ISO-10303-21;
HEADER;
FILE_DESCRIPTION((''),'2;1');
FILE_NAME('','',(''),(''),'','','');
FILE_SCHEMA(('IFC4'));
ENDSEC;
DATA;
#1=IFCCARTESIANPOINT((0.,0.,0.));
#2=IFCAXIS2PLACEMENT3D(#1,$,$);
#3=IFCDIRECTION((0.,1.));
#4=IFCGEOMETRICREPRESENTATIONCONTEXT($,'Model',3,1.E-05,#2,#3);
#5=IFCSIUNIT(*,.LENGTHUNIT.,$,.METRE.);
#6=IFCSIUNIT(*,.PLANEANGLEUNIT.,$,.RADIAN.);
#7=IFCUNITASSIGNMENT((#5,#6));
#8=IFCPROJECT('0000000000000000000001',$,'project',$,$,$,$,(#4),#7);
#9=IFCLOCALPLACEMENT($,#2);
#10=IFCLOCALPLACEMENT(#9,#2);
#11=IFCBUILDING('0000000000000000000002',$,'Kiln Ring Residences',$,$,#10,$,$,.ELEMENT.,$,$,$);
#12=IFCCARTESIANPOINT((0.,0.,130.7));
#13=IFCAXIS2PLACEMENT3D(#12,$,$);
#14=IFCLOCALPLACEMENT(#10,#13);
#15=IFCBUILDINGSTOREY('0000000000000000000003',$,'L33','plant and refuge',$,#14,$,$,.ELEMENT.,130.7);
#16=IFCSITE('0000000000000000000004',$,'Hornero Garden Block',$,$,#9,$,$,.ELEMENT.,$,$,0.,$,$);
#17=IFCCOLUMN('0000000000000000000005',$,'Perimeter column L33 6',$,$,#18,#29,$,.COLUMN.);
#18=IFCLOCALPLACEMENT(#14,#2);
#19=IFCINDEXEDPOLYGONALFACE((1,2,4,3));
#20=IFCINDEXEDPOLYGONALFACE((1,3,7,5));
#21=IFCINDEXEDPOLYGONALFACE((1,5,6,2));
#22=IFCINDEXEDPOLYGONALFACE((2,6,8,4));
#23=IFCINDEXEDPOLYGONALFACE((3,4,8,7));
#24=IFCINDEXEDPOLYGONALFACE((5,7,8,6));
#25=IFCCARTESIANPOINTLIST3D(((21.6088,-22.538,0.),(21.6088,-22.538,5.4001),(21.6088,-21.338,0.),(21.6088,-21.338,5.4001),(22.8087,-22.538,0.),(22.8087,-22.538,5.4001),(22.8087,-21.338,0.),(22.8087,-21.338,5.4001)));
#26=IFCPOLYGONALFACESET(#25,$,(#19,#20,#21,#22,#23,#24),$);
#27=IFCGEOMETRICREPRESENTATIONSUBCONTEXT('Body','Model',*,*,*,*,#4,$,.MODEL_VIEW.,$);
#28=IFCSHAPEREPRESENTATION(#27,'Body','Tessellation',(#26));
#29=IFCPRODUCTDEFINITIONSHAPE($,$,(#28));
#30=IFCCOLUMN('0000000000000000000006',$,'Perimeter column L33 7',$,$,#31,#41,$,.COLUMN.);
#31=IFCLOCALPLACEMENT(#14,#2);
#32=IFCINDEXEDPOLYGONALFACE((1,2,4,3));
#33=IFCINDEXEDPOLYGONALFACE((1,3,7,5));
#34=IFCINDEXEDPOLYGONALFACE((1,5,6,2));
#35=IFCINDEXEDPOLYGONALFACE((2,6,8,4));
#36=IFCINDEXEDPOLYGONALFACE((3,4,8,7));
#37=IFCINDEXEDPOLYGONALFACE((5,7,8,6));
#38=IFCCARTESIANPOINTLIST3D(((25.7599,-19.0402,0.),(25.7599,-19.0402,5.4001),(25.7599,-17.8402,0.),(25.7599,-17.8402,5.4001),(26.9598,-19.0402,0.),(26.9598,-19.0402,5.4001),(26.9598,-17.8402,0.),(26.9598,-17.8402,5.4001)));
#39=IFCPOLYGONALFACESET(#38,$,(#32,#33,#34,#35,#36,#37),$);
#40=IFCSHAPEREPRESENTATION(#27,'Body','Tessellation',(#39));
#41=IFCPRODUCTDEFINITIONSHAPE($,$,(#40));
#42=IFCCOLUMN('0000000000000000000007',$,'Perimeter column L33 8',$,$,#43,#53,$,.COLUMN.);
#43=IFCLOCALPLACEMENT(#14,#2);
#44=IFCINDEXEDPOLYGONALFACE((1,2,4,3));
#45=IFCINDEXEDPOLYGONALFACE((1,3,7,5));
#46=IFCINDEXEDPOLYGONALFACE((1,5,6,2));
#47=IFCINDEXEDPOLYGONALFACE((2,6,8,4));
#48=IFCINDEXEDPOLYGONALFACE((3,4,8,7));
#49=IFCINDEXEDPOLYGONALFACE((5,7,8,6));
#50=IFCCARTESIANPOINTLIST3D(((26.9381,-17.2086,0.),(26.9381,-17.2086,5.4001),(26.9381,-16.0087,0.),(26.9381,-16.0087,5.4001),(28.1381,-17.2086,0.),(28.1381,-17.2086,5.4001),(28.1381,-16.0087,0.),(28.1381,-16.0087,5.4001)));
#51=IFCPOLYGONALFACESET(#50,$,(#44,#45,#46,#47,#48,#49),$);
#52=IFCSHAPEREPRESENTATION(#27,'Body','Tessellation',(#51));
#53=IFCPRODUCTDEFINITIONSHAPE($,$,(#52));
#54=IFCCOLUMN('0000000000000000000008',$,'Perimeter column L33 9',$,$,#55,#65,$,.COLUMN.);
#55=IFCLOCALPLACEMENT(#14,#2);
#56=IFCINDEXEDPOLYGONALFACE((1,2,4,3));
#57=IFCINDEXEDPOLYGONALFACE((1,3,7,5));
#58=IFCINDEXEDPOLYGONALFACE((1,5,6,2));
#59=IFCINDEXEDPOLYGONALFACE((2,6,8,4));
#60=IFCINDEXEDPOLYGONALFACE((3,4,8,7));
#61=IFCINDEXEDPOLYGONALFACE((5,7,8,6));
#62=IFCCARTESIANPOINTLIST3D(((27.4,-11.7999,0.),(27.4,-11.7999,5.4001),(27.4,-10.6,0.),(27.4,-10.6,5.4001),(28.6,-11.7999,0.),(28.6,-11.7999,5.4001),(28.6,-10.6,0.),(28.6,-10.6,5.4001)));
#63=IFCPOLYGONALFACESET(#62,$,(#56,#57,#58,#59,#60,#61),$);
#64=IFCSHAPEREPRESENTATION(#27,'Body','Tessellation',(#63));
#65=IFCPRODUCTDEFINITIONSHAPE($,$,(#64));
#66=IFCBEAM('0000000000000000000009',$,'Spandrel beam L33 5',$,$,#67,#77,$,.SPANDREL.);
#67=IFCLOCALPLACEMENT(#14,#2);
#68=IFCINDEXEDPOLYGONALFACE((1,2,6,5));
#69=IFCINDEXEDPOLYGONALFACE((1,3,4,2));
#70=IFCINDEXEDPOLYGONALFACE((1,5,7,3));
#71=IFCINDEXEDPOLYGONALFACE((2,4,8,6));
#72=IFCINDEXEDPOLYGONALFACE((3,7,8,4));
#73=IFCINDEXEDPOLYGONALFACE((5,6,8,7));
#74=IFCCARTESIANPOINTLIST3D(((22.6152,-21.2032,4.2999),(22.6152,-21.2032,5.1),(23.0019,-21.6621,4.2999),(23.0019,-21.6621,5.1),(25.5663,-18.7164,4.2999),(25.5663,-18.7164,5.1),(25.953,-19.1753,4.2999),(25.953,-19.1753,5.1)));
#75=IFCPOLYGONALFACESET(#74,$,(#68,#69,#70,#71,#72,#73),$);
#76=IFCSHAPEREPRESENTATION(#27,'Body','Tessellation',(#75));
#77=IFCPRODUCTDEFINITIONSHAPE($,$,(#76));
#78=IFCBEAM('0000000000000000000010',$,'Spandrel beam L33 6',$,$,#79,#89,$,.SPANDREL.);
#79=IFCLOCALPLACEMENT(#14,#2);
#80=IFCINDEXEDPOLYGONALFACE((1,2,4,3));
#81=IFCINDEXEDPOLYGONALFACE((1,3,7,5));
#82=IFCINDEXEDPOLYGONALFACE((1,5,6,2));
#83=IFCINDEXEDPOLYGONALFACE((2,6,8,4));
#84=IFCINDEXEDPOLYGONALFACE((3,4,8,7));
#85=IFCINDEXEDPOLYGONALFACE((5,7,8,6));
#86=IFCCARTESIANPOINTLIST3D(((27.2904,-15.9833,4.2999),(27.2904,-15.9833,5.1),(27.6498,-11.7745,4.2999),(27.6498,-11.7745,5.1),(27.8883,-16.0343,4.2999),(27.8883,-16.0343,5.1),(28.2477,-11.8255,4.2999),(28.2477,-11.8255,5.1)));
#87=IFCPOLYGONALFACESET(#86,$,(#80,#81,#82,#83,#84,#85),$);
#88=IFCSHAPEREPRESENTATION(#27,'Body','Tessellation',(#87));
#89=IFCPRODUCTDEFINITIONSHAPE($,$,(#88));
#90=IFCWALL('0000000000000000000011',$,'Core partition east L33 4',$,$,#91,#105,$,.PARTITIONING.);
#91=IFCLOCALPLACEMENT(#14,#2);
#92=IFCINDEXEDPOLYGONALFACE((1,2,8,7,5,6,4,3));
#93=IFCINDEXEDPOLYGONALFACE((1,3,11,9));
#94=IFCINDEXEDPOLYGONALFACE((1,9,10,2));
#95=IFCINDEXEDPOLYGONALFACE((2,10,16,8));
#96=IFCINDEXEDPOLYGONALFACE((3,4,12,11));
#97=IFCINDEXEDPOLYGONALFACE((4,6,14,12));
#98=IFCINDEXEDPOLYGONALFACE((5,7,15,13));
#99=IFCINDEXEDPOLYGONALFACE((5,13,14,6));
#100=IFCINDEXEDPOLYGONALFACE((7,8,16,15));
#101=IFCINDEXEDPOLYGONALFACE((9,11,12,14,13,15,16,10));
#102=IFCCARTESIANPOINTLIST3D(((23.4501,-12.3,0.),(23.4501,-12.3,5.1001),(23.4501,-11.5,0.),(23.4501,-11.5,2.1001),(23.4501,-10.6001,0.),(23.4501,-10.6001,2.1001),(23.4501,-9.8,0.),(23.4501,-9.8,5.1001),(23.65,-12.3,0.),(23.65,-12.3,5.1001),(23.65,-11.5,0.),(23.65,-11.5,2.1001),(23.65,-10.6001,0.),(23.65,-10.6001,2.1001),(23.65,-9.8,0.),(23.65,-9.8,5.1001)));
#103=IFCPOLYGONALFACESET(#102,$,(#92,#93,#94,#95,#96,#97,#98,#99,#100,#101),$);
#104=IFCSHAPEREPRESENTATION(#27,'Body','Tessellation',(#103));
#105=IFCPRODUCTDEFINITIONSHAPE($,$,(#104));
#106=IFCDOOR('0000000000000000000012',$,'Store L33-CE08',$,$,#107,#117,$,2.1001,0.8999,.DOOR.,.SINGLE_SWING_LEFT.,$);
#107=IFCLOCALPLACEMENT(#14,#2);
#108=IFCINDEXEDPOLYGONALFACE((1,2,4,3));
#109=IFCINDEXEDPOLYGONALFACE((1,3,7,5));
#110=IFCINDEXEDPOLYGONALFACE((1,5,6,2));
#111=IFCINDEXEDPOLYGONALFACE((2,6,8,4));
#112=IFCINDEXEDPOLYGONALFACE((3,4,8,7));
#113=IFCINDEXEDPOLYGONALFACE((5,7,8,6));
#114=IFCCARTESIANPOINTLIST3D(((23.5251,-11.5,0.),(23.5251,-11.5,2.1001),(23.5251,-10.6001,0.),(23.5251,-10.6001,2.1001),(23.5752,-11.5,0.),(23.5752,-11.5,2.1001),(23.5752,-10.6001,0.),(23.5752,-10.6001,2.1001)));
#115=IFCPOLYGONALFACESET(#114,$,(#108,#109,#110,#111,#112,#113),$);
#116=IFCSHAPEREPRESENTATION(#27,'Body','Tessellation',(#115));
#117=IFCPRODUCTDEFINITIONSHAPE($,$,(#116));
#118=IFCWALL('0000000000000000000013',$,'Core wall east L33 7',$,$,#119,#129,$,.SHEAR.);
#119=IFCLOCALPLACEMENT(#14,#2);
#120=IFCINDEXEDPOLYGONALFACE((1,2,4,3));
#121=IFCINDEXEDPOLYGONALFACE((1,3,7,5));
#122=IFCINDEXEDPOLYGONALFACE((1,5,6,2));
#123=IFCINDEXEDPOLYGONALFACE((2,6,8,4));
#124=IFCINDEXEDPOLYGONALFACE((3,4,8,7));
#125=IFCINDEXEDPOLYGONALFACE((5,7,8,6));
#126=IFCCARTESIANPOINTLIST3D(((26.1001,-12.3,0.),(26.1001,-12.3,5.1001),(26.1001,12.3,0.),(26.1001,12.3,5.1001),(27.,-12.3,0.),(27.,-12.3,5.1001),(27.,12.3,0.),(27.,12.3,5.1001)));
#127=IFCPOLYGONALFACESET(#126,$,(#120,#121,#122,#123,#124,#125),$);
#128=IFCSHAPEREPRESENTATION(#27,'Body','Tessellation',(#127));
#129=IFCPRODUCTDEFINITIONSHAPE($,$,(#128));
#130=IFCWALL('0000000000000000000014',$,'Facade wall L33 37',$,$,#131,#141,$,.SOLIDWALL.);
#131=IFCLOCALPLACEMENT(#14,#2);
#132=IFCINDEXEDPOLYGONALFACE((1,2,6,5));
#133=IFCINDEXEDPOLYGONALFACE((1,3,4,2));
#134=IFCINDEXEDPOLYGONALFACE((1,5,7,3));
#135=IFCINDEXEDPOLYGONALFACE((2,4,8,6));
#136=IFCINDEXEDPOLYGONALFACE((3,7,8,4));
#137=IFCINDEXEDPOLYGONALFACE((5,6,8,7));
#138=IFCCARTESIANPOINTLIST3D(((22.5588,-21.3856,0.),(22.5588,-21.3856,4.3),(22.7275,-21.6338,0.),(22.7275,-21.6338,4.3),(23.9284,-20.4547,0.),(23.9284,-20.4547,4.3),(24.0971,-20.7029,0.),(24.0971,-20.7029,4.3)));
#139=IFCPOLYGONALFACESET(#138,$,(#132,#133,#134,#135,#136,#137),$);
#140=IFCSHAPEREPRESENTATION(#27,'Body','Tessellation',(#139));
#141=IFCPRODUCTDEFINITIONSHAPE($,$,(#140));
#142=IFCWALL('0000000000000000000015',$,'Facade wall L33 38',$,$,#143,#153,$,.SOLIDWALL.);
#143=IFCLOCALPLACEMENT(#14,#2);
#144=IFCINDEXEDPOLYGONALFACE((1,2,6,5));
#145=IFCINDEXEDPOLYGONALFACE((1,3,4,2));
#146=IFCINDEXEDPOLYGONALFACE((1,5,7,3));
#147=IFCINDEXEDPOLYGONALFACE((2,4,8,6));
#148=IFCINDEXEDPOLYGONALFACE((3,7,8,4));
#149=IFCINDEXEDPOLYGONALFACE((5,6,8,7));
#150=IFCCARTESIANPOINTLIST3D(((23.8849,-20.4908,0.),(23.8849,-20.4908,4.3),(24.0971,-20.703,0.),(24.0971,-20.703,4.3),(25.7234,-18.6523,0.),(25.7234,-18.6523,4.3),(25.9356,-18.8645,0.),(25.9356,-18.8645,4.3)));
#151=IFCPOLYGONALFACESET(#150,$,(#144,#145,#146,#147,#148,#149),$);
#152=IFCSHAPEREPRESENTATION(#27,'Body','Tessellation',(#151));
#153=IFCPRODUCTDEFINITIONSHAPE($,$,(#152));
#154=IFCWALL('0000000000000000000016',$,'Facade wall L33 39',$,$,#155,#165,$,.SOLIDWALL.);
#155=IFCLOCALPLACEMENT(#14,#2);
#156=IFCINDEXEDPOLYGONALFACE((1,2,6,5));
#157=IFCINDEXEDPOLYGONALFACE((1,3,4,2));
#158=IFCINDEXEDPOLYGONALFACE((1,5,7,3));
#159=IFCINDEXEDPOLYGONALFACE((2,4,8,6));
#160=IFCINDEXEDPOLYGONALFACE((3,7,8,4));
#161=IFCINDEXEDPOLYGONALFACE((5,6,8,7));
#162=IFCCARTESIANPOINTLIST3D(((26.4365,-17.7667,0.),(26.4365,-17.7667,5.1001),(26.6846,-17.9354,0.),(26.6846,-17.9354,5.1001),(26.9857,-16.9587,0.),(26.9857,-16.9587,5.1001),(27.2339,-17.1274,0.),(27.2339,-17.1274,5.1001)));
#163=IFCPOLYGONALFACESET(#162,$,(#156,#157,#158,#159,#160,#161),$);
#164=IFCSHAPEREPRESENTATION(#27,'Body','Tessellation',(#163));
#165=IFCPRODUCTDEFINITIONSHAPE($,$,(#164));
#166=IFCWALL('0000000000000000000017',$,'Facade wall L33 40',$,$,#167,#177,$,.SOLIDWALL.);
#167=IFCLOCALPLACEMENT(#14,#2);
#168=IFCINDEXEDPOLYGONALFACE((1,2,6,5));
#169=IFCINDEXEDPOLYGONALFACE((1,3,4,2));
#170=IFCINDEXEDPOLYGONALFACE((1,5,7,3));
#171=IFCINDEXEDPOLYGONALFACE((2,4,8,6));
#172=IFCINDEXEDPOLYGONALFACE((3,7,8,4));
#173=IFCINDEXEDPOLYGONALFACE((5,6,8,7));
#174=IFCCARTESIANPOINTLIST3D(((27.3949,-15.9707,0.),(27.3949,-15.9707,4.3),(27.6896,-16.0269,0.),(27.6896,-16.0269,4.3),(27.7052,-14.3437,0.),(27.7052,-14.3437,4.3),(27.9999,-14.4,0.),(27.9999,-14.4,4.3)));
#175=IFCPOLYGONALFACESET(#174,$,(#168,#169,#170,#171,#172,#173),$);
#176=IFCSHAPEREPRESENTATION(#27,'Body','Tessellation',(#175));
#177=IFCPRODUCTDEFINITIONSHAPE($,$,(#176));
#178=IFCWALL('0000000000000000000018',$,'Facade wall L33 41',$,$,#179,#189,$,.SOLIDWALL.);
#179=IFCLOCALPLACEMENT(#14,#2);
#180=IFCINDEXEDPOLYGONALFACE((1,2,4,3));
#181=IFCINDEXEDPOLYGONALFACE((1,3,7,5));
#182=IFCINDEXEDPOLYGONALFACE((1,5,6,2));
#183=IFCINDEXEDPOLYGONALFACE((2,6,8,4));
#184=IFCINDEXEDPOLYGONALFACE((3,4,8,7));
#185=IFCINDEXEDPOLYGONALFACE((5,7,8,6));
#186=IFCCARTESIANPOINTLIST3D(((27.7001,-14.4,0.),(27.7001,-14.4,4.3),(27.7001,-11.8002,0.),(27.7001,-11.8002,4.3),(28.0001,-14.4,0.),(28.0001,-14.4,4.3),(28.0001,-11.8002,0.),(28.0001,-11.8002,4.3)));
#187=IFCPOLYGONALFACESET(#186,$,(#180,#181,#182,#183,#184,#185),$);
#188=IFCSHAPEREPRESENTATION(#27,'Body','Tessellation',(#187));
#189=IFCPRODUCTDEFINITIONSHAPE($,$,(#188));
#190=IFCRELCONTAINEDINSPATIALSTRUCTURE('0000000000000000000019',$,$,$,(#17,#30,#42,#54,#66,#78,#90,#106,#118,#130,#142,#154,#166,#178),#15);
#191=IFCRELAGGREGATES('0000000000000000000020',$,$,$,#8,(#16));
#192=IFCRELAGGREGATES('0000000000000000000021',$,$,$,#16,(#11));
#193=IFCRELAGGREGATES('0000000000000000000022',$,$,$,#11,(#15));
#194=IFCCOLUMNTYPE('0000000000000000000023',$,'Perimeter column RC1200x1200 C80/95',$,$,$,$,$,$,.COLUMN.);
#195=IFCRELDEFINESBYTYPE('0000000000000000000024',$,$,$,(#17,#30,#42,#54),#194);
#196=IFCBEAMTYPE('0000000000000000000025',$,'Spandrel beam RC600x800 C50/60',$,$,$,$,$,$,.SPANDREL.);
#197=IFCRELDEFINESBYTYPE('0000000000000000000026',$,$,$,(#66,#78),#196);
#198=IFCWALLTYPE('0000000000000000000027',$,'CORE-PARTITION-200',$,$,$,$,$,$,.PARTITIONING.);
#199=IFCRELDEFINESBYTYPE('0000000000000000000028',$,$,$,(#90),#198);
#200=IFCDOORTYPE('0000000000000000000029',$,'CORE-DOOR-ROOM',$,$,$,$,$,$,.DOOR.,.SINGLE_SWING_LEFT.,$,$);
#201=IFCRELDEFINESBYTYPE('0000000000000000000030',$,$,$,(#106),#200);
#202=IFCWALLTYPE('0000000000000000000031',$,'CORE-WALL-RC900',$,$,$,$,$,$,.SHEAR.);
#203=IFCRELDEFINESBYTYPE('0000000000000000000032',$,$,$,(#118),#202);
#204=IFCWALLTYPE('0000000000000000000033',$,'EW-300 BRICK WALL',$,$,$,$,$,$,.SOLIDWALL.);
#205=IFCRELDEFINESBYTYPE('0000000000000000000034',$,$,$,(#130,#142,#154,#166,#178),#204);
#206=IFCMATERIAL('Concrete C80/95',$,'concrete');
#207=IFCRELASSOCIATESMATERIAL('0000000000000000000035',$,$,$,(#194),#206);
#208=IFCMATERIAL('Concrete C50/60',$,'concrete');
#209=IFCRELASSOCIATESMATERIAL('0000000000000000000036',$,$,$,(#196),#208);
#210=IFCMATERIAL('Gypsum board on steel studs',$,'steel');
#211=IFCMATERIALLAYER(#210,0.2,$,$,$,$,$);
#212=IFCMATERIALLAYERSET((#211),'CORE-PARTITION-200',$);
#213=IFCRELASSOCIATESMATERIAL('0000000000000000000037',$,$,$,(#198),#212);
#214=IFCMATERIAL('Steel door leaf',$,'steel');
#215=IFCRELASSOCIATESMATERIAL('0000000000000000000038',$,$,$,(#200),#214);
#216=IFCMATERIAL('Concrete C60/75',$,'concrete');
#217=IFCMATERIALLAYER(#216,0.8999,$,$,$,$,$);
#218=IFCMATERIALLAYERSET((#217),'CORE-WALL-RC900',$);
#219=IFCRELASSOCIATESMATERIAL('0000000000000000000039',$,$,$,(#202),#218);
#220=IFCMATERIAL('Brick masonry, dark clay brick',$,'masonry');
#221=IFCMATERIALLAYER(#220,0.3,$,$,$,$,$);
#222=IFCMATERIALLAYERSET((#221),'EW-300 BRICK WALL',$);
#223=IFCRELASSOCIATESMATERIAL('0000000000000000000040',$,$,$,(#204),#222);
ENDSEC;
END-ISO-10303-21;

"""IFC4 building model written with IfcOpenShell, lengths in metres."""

from ifc_helpers import new_model, si_unit, direction, frame, frame_2d, origin, origin_2d, place, context, subcontext, project, spatial, rectangle, extrude, material, layer, layer_set, material_profile, profile_set, type_object, element, fill, save


model = new_model("IFC4")

# Units and contexts
model_context = context("Model", 3, precision=1e-05, world=origin(), true_north=direction((0.0, 1.0)))
body_context = subcontext(model_context, "Body", "Model", "MODEL_VIEW")
ifc_project = project(units=[si_unit("LENGTHUNIT", "METRE"), si_unit("PLANEANGLEUNIT", "RADIAN")], contexts=[model_context])

# Site, building, storey
site_placement = place(None, origin())
site = spatial("IfcSite", under=ifc_project, at=site_placement, Name="Hornero Garden Block", CompositionType="ELEMENT", RefElevation=0.0)
building_placement = place(site_placement, origin())
building = spatial("IfcBuilding", under=site, at=building_placement, Name="Kiln Ring Residences", CompositionType="ELEMENT")
storey_placement = place(building_placement, frame((0.0, 0.0, 130.7)))
storey = spatial("IfcBuildingStorey", under=building, at=storey_placement, Name="L33", Description="plant and refuge", CompositionType="ELEMENT", Elevation=130.7)

# Columns
ifc_material_1 = material(Name="Concrete C80/95", Category="concrete")
ifc_material_profile_1 = material_profile(ifc_material_1, rectangle(XDim=1.2, YDim=1.2, at=origin_2d()), Name="RC1200x1200")
ifc_profile_set_1 = profile_set([ifc_material_profile_1], Name="Concrete C80/95")
column_type = type_object("IfcColumnType", Name="Perimeter column RC1200x1200 C80/95", PredefinedType="COLUMN", material=ifc_profile_set_1)
for number, where, z_axis, x_axis, name in (
    (1, (22.2087, -21.938, 0.0), (0.0, 0.0, 1.0), (1.0, 0.0, 0.0), "Perimeter column L33 6"),
    (2, (26.3599, -18.4402, 0.0), (0.0, 0.0, 1.0), (1.0, 0.0, 0.0), "Perimeter column L33 7"),
    (3, (27.5381, -16.6086, 0.0), (0.0, 0.0, 1.0), (1.0, 0.0, 0.0), "Perimeter column L33 8"),
    (4, (28.0, -11.2, 0.0), (0.0, 0.0, 1.0), (1.0, 0.0, 0.0), "Perimeter column L33 9"),
):
    element("IfcColumn", number, at=place(storey_placement, frame(where, z_axis=z_axis, x_axis=x_axis)), inside=storey, type_object=column_type, Name=name, PredefinedType="COLUMN", context=body_context, shape_type="SweptSolid", body=[
        extrude(rectangle(XDim=1.2, YDim=1.2, at=origin_2d()), origin(), (0.0, 0.0, 1.0), 5.4001),
    ])

# Beams
ifc_material_2 = material(Name="Concrete C50/60", Category="concrete")
ifc_material_profile_2 = material_profile(ifc_material_2, rectangle(XDim=0.6001, YDim=0.8, at=origin_2d()), Name="RC600x800")
ifc_profile_set_2 = profile_set([ifc_material_profile_2], Name="Concrete C50/60")
beam_type = type_object("IfcBeamType", Name="Spandrel beam RC600x800 C50/60", PredefinedType="SPANDREL", material=ifc_profile_set_2)
beam_1_placement = place(storey_placement, frame((22.8086, -21.4326, 4.7), z_axis=(0.764704, 0.644381, 0.0), x_axis=(-0.644381, 0.764704, 0.0)))
element("IfcBeam", 5, at=beam_1_placement, inside=storey, type_object=beam_type, Name="Spandrel beam L33 5", PredefinedType="SPANDREL", context=body_context, shape_type="SweptSolid", body=[
    extrude(rectangle(XDim=0.6001, YDim=0.8, at=origin_2d()), origin(), (0.0, 0.0, 1.0), 3.8591),
])
beam_2_placement = place(storey_placement, frame((27.5894, -16.0088, 4.7), z_axis=(0.085078, 0.996374, 0.0), x_axis=(-0.996374, 0.085078, 0.0)))
element("IfcBeam", 6, at=beam_2_placement, inside=storey, type_object=beam_type, Name="Spandrel beam L33 6", PredefinedType="SPANDREL", context=body_context, shape_type="SweptSolid", body=[
    extrude(rectangle(XDim=0.6001, YDim=0.8, at=origin_2d()), origin(), (0.0, 0.0, 1.0), 4.2241),
])

# Wall, opening, door
ifc_material_3 = material(Name="Gypsum board on steel studs", Category="steel")
ifc_layer_1 = layer(ifc_material_3, 0.2)
ifc_layer_set_1 = layer_set([ifc_layer_1], Name="CORE-PARTITION-200")
wall_type_1 = type_object("IfcWallType", Name="CORE-PARTITION-200", PredefinedType="PARTITIONING", material=ifc_layer_set_1)
wall_1_placement = place(storey_placement, frame((23.55, -12.3, 0.0), z_axis=(0.0, 0.0, 1.0), x_axis=(0.0, 1.0, 0.0)))
wall_1 = element("IfcWall", 7, at=wall_1_placement, inside=storey, type_object=wall_type_1, Name="Core partition east L33 4", PredefinedType="PARTITIONING", context=body_context, shape_type="SweptSolid", body=[
    extrude(rectangle(XDim=2.5, YDim=0.2, at=frame_2d((1.25, 0.0))), origin(), (0.0, 0.0, 1.0), 5.1001),
])
opening_placement = place(wall_1_placement, frame((0.8, 0.0, 0.0)))
opening = element("IfcOpeningElement", 8, at=opening_placement, cuts=wall_1, PredefinedType="OPENING", context=body_context, shape_type="SweptSolid", body=[
    extrude(rectangle(XDim=0.8999, YDim=2.1001, at=frame_2d((0.45, 1.05))), frame((0.0, 0.1099, 0.0), z_axis=(0.0, -1.0, 0.0), x_axis=(1.0, 0.0, 0.0)), (0.0, 0.0, 1.0), 0.22),
])
ifc_material_4 = material(Name="Steel door leaf", Category="steel")
door_type = type_object("IfcDoorType", Name="CORE-DOOR-ROOM", OperationType="SINGLE_SWING_LEFT", PredefinedType="DOOR", material=ifc_material_4)
door_placement = place(opening_placement, origin())
door = element("IfcDoor", 9, at=door_placement, inside=storey, type_object=door_type, Name="Store L33-CE08", OperationType="SINGLE_SWING_LEFT", OverallHeight=2.1001, OverallWidth=0.8999, PredefinedType="DOOR", context=body_context, shape_type="SweptSolid", body=[
    extrude(rectangle(XDim=0.8999, YDim=2.1001, at=frame_2d((0.45, 1.05))), frame((0.0, 0.0249, 0.0), z_axis=(0.0, -1.0, 0.0), x_axis=(1.0, 0.0, 0.0)), (0.0, 0.0, 1.0), 0.05),
])
fill(opening, door)

# Walls
ifc_material_5 = material(Name="Concrete C60/75", Category="concrete")
ifc_layer_2 = layer(ifc_material_5, 0.8999)
ifc_layer_set_2 = layer_set([ifc_layer_2], Name="CORE-WALL-RC900")
wall_type_2 = type_object("IfcWallType", Name="CORE-WALL-RC900", PredefinedType="SHEAR", material=ifc_layer_set_2)
wall_2_placement = place(storey_placement, frame((26.55, -12.3, 0.0), z_axis=(0.0, 0.0, 1.0), x_axis=(0.0, 1.0, 0.0)))
element("IfcWall", 10, at=wall_2_placement, inside=storey, type_object=wall_type_2, Name="Core wall east L33 7", PredefinedType="SHEAR", context=body_context, shape_type="SweptSolid", body=[
    extrude(rectangle(XDim=24.6001, YDim=0.8999, at=frame_2d((12.3, 0.0))), origin(), (0.0, 0.0, 1.0), 5.1001),
])
ifc_material_6 = material(Name="Brick masonry, dark clay brick", Category="masonry")
ifc_layer_3 = layer(ifc_material_6, 0.3)
ifc_layer_set_3 = layer_set([ifc_layer_3], Name="EW-300 BRICK WALL")
wall_type_3 = type_object("IfcWallType", Name="EW-300 BRICK WALL", PredefinedType="SOLIDWALL", material=ifc_layer_set_3)
wall_3_placement = place(storey_placement, frame((22.6431, -21.5098, 0.0), z_axis=(0.0, 0.0, 1.0), x_axis=(0.82705, 0.562129, 0.0)))
element("IfcWall", 11, at=wall_3_placement, inside=storey, type_object=wall_type_3, Name="Facade wall L33 37", PredefinedType="SOLIDWALL", context=body_context, shape_type="SweptSolid", body=[
    extrude(rectangle(XDim=1.656, YDim=0.3, at=frame_2d((0.8281, 0.0))), origin(), (0.0, 0.0, 1.0), 4.3),
])
wall_4_placement = place(storey_placement, frame((23.991, -20.5969, 0.0), z_axis=(0.0, 0.0, 1.0), x_axis=(0.707107, 0.707107, 0.0)))
element("IfcWall", 12, at=wall_4_placement, inside=storey, type_object=wall_type_3, Name="Facade wall L33 38", PredefinedType="SOLIDWALL", context=body_context, shape_type="SweptSolid", body=[
    extrude(rectangle(XDim=2.6001, YDim=0.3, at=frame_2d((1.3, 0.0))), origin(), (0.0, 0.0, 1.0), 4.3),
])
wall_5_placement = place(storey_placement, frame((26.5605, -17.8511, 0.0), z_axis=(0.0, 0.0, 1.0), x_axis=(0.562173, 0.827019, 0.0)))
element("IfcWall", 13, at=wall_5_placement, inside=storey, type_object=wall_type_3, Name="Facade wall L33 39", PredefinedType="SOLIDWALL", context=body_context, shape_type="SweptSolid", body=[
    extrude(rectangle(XDim=0.9771, YDim=0.3, at=frame_2d((0.4885, 0.0))), origin(), (0.0, 0.0, 1.0), 5.1001),
])
wall_6_placement = place(storey_placement, frame((27.5422, -15.9988, 0.0), z_axis=(0.0, 0.0, 1.0), x_axis=(0.187349, 0.982293, 0.0)))
element("IfcWall", 14, at=wall_6_placement, inside=storey, type_object=wall_type_3, Name="Facade wall L33 40", PredefinedType="SOLIDWALL", context=body_context, shape_type="SweptSolid", body=[
    extrude(rectangle(XDim=1.6562, YDim=0.3, at=frame_2d((0.8281, 0.0))), origin(), (0.0, 0.0, 1.0), 4.3),
])
wall_7_placement = place(storey_placement, frame((27.8501, -14.3999, 0.0), z_axis=(0.0, 0.0, 1.0), x_axis=(0.0, 1.0, 0.0)))
element("IfcWall", 15, at=wall_7_placement, inside=storey, type_object=wall_type_3, Name="Facade wall L33 41", PredefinedType="SOLIDWALL", context=body_context, shape_type="SweptSolid", body=[
    extrude(rectangle(XDim=2.5999, YDim=0.3, at=frame_2d((1.2998, 0.0))), origin(), (0.0, 0.0, 1.0), 4.3),
])

save(model, "model.ifc")
